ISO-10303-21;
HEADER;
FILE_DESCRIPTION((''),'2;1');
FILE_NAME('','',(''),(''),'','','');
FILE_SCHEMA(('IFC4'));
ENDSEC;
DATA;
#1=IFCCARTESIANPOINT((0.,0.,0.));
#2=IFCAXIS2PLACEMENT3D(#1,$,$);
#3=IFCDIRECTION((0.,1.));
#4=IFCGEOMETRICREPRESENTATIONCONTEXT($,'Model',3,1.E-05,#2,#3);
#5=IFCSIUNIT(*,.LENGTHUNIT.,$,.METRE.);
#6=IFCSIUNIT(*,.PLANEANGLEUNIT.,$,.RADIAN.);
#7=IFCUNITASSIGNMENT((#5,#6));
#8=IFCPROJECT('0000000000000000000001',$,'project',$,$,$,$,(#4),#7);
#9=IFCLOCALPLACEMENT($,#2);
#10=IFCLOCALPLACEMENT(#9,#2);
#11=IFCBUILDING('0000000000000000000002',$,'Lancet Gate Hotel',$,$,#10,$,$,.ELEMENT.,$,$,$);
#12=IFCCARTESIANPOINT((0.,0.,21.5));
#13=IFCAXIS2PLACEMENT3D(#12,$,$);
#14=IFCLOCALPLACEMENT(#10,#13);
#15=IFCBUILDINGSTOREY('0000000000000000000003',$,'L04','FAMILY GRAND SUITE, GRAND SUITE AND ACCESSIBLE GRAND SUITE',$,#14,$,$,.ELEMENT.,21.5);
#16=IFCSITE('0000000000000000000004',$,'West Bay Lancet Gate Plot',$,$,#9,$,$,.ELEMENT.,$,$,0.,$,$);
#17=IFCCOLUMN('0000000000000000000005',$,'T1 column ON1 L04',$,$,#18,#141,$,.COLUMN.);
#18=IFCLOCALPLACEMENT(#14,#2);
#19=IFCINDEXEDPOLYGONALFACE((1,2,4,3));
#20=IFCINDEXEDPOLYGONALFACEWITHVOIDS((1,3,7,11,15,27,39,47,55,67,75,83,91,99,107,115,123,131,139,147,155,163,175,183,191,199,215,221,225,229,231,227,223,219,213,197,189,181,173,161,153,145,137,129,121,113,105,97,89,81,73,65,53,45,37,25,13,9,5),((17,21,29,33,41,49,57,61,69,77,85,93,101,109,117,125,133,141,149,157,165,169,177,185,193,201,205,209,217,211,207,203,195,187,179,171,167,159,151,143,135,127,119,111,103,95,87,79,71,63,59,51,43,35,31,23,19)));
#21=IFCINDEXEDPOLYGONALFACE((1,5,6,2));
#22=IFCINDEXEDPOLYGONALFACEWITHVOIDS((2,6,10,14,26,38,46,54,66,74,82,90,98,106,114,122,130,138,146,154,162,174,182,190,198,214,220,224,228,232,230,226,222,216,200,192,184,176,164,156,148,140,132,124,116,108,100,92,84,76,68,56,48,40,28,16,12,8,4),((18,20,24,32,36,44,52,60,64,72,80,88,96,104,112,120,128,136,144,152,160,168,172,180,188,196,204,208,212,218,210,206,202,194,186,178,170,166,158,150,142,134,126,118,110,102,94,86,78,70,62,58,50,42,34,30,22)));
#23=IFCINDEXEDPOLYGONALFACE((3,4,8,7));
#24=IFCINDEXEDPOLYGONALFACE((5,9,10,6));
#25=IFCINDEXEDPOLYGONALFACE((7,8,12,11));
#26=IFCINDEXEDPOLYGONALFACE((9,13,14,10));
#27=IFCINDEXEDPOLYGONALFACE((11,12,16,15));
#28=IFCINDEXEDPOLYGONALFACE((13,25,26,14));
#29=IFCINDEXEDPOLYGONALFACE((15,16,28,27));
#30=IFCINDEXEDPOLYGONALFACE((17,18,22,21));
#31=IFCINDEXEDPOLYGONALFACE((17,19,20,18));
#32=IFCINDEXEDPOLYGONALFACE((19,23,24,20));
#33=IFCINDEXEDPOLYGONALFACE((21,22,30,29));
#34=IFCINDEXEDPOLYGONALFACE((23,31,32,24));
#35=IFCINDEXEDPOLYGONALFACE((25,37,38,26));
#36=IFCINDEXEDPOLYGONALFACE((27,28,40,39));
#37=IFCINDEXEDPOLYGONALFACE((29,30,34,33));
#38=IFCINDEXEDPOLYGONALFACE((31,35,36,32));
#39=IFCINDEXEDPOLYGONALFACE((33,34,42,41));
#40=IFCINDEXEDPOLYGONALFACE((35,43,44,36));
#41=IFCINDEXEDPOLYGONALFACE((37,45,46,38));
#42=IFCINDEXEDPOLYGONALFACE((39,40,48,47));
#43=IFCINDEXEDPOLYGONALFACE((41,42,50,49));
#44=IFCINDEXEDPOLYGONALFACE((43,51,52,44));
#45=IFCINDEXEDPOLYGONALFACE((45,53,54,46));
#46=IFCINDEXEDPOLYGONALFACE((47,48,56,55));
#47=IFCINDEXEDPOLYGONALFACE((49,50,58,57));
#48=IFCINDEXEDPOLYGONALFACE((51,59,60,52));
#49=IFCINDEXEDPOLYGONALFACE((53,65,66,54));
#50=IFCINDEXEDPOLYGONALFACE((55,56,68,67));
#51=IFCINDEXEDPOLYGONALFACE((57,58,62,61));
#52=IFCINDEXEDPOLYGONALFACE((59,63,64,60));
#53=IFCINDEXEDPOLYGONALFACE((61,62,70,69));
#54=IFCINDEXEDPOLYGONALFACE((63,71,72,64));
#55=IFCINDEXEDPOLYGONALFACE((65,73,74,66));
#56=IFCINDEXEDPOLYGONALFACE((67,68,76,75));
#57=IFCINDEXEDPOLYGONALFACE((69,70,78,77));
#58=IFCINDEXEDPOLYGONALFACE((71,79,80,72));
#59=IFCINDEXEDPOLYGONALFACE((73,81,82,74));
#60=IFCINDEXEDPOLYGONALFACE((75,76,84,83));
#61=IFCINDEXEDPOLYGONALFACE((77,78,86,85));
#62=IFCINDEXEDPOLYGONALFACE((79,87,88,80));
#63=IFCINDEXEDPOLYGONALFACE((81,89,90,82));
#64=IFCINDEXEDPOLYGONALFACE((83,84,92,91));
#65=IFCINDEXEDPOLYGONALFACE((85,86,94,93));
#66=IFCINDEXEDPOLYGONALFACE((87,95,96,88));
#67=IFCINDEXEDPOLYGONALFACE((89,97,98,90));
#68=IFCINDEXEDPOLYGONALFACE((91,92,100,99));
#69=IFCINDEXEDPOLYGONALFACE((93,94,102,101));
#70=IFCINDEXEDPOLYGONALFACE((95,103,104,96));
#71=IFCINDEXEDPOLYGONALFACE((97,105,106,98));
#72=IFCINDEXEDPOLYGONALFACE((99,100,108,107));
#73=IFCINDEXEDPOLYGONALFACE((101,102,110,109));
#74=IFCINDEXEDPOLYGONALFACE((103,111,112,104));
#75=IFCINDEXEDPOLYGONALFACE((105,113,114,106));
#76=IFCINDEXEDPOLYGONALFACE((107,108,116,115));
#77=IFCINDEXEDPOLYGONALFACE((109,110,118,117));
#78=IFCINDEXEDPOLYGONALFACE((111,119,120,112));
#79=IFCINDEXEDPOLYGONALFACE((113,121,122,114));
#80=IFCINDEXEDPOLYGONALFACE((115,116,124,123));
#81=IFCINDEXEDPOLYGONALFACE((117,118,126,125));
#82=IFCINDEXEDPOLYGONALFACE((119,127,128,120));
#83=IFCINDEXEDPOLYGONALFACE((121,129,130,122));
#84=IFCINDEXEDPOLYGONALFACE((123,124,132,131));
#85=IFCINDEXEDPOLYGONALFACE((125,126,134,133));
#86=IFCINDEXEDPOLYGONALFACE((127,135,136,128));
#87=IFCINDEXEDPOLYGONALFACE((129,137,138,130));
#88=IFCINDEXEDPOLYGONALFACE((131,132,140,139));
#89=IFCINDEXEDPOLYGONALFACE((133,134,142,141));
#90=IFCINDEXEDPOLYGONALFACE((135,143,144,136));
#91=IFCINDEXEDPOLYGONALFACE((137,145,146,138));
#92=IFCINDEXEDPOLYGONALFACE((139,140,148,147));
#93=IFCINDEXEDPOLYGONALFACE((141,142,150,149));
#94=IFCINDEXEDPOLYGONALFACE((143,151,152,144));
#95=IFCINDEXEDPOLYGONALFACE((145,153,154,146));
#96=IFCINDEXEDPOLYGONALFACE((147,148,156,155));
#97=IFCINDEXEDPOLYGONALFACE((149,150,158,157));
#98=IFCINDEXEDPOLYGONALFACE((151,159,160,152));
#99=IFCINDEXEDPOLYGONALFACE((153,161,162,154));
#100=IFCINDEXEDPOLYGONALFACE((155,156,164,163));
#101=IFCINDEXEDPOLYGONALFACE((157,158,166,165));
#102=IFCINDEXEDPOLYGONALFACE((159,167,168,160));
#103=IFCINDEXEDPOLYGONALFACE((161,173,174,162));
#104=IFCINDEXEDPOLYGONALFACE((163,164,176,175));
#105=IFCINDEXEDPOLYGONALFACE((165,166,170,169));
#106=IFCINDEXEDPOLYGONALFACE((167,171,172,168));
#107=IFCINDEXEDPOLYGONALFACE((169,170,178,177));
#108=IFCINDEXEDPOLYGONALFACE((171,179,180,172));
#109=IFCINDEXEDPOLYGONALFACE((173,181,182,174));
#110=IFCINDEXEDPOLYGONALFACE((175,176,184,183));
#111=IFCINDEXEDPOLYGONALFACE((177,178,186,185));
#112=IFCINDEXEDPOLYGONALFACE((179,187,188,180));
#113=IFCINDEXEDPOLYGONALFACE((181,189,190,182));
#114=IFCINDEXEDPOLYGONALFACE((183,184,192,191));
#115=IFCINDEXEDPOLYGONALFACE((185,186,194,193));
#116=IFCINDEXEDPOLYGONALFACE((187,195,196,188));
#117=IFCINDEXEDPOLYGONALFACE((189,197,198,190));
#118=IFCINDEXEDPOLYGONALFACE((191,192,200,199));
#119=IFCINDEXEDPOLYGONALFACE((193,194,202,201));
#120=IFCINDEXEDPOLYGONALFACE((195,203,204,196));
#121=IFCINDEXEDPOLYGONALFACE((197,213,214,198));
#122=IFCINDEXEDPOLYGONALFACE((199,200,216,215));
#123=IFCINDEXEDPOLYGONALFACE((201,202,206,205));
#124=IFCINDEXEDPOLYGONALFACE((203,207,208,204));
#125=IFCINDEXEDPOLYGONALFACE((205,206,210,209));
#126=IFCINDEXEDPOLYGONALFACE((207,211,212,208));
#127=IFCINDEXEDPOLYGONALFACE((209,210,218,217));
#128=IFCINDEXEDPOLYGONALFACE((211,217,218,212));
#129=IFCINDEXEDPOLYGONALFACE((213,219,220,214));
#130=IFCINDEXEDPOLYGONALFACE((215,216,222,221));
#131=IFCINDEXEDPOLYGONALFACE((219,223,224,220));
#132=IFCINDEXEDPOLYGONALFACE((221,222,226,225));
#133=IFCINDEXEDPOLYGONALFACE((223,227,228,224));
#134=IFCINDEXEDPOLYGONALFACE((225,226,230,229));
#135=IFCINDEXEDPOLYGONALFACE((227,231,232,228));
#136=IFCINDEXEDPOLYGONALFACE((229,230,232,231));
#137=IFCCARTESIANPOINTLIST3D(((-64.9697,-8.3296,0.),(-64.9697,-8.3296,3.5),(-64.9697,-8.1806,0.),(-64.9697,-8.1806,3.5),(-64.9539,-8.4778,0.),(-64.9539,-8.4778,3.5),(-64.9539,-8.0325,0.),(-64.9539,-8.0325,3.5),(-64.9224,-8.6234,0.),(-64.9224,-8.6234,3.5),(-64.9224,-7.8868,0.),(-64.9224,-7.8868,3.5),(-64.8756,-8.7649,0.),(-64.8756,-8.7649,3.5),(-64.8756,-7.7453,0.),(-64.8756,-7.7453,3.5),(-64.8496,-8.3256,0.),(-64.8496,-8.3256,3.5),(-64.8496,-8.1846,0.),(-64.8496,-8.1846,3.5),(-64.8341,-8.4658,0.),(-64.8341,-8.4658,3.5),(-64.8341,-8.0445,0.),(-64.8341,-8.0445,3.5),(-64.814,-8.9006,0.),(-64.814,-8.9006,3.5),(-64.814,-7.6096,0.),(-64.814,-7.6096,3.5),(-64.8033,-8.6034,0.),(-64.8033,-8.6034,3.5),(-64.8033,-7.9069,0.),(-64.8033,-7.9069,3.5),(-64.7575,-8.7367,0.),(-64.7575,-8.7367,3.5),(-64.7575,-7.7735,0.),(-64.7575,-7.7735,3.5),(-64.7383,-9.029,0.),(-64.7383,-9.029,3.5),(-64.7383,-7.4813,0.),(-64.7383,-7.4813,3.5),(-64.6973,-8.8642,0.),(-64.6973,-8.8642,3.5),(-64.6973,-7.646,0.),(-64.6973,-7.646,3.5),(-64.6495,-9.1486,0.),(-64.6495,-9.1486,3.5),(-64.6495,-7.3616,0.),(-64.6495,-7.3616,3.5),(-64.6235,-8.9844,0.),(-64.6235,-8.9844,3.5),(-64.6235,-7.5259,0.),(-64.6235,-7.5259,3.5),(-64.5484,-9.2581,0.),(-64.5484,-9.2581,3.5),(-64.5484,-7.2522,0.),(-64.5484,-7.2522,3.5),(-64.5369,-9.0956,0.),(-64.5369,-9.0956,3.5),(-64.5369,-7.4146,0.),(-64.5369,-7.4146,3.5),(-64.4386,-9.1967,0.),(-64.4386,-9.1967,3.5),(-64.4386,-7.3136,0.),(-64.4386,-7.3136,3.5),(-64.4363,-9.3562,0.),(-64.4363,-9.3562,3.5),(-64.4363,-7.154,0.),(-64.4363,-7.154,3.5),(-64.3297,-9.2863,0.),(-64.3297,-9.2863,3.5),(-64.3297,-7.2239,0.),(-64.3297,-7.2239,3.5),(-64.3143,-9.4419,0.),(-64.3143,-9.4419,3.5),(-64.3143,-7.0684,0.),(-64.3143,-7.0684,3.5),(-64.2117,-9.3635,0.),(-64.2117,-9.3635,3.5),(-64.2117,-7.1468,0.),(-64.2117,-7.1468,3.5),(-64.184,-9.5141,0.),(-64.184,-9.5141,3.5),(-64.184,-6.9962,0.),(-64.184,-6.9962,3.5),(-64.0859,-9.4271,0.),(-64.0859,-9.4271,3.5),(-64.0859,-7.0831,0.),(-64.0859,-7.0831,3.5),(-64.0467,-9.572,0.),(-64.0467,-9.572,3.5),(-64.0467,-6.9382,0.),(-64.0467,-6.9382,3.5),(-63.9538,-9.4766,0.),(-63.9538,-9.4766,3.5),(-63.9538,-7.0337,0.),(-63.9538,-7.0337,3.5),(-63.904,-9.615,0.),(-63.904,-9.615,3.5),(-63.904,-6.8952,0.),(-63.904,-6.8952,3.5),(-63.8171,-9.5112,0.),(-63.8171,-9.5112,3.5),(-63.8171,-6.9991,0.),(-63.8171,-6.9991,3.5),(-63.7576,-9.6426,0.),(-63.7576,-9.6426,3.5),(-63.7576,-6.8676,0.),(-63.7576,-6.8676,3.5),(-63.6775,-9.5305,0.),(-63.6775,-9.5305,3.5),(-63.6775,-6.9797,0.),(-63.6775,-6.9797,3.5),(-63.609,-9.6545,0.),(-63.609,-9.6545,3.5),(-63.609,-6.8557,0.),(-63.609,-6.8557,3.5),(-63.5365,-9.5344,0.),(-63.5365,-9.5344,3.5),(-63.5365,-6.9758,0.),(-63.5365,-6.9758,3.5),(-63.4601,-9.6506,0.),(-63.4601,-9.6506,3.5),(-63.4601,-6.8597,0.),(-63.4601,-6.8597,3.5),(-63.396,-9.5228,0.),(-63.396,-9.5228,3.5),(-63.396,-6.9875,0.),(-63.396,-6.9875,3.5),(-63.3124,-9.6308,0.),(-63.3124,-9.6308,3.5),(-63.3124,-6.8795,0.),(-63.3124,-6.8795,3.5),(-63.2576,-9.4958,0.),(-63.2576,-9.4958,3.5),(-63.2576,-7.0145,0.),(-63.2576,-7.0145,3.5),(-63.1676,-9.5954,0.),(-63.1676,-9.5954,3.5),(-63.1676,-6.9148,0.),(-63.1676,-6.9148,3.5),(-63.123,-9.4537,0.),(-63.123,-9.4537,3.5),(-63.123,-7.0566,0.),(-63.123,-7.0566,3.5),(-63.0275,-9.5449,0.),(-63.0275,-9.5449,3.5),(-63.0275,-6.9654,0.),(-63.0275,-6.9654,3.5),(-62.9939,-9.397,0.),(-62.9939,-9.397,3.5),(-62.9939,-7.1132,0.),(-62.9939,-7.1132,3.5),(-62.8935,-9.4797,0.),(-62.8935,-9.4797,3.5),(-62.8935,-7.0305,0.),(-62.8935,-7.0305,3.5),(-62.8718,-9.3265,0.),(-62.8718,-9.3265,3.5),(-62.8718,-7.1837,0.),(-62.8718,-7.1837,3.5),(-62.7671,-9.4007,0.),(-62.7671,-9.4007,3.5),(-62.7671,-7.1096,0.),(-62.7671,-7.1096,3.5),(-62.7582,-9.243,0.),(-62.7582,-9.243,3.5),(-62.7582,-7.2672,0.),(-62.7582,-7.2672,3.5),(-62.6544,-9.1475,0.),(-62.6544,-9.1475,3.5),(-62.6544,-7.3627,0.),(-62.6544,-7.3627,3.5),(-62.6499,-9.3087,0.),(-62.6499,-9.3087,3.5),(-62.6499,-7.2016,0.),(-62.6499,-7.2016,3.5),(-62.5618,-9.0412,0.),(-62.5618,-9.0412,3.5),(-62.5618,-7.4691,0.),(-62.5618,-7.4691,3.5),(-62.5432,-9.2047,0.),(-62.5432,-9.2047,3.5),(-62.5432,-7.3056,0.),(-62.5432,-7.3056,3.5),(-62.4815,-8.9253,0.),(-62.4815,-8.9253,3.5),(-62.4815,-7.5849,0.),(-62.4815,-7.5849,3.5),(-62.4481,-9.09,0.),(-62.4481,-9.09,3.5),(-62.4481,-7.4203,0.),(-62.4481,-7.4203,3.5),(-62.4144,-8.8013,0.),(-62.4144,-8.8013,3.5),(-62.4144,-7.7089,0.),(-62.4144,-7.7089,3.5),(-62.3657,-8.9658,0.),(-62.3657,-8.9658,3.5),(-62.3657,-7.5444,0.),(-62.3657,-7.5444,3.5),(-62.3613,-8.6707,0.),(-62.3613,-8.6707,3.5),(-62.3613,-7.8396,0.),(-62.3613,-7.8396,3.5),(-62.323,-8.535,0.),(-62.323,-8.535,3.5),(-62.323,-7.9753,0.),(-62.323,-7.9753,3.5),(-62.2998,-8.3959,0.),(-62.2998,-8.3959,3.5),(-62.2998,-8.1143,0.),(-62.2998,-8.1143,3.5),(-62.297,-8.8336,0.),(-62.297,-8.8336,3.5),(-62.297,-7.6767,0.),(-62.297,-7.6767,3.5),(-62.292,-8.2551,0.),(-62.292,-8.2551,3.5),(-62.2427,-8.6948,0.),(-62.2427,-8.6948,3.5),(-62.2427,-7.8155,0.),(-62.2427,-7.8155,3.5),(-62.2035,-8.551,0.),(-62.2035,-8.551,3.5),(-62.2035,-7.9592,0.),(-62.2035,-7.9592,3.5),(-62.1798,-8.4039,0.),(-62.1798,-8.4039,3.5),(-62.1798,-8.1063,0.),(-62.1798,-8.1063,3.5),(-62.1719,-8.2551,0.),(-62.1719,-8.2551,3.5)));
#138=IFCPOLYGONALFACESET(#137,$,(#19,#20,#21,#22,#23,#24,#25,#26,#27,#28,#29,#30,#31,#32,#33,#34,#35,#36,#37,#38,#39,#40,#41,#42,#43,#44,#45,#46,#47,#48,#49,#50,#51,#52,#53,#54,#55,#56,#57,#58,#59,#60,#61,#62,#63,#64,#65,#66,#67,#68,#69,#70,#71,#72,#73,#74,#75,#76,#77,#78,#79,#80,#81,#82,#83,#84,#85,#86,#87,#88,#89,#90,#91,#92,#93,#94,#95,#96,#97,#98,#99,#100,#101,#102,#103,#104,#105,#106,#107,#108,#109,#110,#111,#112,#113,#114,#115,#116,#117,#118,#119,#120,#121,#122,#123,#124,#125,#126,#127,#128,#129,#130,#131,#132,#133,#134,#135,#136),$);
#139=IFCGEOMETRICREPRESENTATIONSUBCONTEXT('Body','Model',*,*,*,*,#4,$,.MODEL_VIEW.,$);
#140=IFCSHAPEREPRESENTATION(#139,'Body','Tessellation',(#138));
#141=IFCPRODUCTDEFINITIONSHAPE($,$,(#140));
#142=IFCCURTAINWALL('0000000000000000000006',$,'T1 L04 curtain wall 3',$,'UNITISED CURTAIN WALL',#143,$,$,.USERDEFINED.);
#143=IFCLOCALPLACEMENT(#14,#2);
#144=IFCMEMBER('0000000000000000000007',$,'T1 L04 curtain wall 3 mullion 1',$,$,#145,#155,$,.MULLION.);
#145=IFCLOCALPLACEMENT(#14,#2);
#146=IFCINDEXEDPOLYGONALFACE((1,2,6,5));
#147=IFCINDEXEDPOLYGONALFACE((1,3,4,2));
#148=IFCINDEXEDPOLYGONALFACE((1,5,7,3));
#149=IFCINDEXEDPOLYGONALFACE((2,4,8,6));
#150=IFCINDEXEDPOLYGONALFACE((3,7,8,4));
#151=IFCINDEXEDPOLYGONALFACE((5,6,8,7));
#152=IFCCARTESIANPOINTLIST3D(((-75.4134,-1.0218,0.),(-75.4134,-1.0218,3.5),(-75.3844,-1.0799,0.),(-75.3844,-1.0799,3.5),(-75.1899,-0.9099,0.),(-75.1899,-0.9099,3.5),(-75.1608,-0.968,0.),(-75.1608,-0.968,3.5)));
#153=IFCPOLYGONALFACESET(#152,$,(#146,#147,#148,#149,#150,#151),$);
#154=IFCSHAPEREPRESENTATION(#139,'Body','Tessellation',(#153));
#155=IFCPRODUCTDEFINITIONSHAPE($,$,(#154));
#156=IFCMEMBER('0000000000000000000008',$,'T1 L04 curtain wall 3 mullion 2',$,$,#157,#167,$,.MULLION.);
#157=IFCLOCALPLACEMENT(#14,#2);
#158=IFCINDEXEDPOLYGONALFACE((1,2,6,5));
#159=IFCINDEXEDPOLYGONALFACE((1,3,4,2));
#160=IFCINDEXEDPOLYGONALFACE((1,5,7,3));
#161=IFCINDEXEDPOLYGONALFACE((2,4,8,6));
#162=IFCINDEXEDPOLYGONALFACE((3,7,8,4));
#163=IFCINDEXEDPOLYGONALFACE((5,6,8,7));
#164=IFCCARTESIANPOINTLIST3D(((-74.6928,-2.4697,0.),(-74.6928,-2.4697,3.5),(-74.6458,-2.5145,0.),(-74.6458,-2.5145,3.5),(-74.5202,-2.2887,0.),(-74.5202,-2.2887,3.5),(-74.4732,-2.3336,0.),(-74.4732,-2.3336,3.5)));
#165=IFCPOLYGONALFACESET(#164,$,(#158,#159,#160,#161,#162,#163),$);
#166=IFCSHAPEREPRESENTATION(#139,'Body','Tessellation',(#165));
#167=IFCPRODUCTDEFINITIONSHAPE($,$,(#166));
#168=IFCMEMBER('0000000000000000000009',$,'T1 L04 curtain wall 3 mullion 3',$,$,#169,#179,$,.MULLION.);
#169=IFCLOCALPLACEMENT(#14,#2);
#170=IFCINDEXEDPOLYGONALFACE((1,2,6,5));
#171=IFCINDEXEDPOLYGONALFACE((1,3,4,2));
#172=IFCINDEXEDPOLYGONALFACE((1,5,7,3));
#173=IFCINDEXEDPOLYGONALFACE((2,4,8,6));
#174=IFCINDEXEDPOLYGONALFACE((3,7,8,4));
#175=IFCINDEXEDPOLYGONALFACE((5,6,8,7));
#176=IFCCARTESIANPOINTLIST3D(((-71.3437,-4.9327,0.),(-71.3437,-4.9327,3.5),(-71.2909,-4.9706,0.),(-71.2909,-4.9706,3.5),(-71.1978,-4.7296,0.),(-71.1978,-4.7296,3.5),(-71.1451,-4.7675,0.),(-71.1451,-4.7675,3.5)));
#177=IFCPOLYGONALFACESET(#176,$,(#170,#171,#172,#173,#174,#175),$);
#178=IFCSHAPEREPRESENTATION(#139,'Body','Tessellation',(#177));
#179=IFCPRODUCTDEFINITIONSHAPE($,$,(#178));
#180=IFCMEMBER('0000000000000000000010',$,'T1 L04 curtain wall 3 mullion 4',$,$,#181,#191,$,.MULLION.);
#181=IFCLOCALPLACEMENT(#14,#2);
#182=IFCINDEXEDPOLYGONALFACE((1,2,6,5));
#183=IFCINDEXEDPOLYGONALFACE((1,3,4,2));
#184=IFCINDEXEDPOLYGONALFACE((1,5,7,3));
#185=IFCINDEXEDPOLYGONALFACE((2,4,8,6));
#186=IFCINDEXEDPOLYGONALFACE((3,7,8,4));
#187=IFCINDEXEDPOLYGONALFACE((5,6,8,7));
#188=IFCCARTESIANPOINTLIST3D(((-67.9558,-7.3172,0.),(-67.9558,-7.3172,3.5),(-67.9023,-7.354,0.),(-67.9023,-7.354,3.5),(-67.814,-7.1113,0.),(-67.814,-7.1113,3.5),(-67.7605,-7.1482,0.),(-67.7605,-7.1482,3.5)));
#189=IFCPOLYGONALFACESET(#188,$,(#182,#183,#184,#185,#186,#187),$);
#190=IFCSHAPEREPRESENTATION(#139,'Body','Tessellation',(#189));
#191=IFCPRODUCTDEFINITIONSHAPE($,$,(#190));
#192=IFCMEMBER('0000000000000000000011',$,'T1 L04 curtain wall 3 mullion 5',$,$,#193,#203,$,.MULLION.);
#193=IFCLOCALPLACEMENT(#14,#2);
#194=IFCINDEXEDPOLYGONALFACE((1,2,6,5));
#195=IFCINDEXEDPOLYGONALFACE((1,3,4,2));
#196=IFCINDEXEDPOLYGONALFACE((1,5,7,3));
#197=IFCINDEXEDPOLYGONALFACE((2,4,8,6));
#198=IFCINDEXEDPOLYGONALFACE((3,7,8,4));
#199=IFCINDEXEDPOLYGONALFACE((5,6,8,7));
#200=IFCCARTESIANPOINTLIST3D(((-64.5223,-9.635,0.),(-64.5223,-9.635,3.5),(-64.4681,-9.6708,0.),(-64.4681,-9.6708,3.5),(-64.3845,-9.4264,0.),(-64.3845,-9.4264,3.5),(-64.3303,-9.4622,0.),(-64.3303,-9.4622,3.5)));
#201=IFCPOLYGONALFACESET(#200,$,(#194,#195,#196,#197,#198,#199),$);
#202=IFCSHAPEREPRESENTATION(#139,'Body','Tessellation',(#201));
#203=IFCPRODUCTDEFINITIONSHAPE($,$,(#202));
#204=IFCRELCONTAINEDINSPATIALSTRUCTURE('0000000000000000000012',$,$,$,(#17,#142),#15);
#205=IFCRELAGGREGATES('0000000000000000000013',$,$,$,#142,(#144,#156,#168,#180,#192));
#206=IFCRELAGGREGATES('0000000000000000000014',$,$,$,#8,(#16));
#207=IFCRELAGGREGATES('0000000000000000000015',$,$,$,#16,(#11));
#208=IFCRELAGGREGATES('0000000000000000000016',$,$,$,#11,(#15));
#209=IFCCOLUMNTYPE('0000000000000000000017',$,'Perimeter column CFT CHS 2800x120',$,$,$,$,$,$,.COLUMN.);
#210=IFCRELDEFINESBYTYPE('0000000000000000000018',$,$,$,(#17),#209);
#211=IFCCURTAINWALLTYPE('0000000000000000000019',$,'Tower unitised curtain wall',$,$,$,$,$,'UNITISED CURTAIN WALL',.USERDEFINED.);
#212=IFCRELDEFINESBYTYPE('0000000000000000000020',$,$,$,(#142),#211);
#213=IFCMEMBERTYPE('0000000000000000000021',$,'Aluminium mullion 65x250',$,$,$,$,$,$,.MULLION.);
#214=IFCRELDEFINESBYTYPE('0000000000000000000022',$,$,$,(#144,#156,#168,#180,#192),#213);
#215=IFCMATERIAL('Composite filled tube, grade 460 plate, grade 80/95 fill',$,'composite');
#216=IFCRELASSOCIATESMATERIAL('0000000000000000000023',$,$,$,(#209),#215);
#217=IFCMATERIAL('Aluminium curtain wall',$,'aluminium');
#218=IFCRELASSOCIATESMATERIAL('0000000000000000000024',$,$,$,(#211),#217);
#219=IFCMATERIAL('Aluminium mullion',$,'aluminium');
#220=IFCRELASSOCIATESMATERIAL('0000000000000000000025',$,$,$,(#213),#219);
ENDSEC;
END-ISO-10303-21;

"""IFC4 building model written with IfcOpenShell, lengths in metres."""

from ifc_helpers import new_model, si_unit, direction, frame, origin, origin_2d, place, context, subcontext, project, spatial, rectangle, hollow_circle, extrude, material, material_profile, profile_set, type_object, element, aggregate, save


model = new_model("IFC4")

# Units and contexts
model_context = context("Model", 3, precision=1e-05, world=origin(), true_north=direction((0.0, 1.0)))
body_context = subcontext(model_context, "Body", "Model", "MODEL_VIEW")
ifc_project = project(units=[si_unit("LENGTHUNIT", "METRE"), si_unit("PLANEANGLEUNIT", "RADIAN")], contexts=[model_context])

# Site, building, storey
site_placement = place(None, origin())
site = spatial("IfcSite", under=ifc_project, at=site_placement, Name="West Bay Lancet Gate Plot", CompositionType="ELEMENT", RefElevation=0.0)
building_placement = place(site_placement, origin())
building = spatial("IfcBuilding", under=site, at=building_placement, Name="Lancet Gate Hotel", CompositionType="ELEMENT")
storey_placement = place(building_placement, frame((0.0, 0.0, 21.5)))
storey = spatial("IfcBuildingStorey", under=building, at=storey_placement, Name="L04", Description="FAMILY GRAND SUITE, GRAND SUITE AND ACCESSIBLE GRAND SUITE", CompositionType="ELEMENT", Elevation=21.5)

# Column
ifc_material_1 = material(Name="Composite filled tube, grade 460 plate, grade 80/95 fill", Category="composite")
ifc_material_profile_1 = material_profile(ifc_material_1, hollow_circle(Radius=1.3999, WallThickness=0.1201, at=origin_2d()), Name="CHS 2800x120")
ifc_profile_set_1 = profile_set([ifc_material_profile_1], Name="Composite filled tube, grade 460 plate, grade 80/95 fill")
column_type_1 = type_object("IfcColumnType", Name="Perimeter column CFT CHS 2800x120", PredefinedType="COLUMN", material=ifc_profile_set_1)
column_1_placement = place(storey_placement, frame((-63.5718, -8.2551, 0.0), z_axis=(0.0, 0.0, 1.0), x_axis=(1.0, 0.0, 0.0)))
element("IfcColumn", 1, at=column_1_placement, inside=storey, type_object=column_type_1, Name="T1 column ON1 L04", PredefinedType="COLUMN", context=body_context, shape_type="SweptSolid", body=[
    extrude(hollow_circle(Radius=1.3999, WallThickness=0.1201, at=origin_2d()), origin(), (0.0, 0.0, 1.0), 3.5),
])

# Curtain wall, members
ifc_material_2 = material(Name="Aluminium curtain wall", Category="aluminium")
curtain_wall_type = type_object("IfcCurtainWallType", Name="Tower unitised curtain wall", ElementType="UNITISED CURTAIN WALL", PredefinedType="USERDEFINED", material=ifc_material_2)
curtain_wall_placement = place(storey_placement, origin())
curtain_wall = element("IfcCurtainWall", 2, at=curtain_wall_placement, inside=storey, type_object=curtain_wall_type, Name="T1 L04 curtain wall 3", ObjectType="UNITISED CURTAIN WALL", PredefinedType="USERDEFINED")
ifc_material_3 = material(Name="Aluminium mullion", Category="aluminium")
ifc_material_profile_2 = material_profile(ifc_material_3, rectangle(XDim=0.0649, YDim=0.25, at=origin_2d()), Name="MULLION 65x250")
ifc_profile_set_2 = profile_set([ifc_material_profile_2], Name="Aluminium mullion")
member_type_1 = type_object("IfcMemberType", Name="Aluminium mullion 65x250", PredefinedType="MULLION", material=ifc_profile_set_2)
member_1_placement = place(storey_placement, frame((-75.2871, -0.9949, 0.0), z_axis=(0.0, 0.0, 1.0), x_axis=(0.447628, -0.89422, 0.0)))
member_1 = element("IfcMember", 3, at=member_1_placement, type_object=member_type_1, Name="T1 L04 curtain wall 3 mullion 1", PredefinedType="MULLION", context=body_context, shape_type="SweptSolid", body=[
    extrude(rectangle(XDim=0.0649, YDim=0.25, at=origin_2d()), origin(), (0.0, 0.0, 1.0), 3.5),
])
member_2_placement = place(storey_placement, frame((-74.583, -2.4016, 0.0), z_axis=(0.0, 0.0, 1.0), x_axis=(0.723696, -0.690119, 0.0)))
member_2 = element("IfcMember", 4, at=member_2_placement, type_object=member_type_1, Name="T1 L04 curtain wall 3 mullion 2", PredefinedType="MULLION", context=body_context, shape_type="SweptSolid", body=[
    extrude(rectangle(XDim=0.0649, YDim=0.25, at=origin_2d()), origin(), (0.0, 0.0, 1.0), 3.5),
])
member_3_placement = place(storey_placement, frame((-71.2444, -4.8501, 0.0), z_axis=(0.0, 0.0, 1.0), x_axis=(0.812147, -0.583453, 0.0)))
member_3 = element("IfcMember", 5, at=member_3_placement, type_object=member_type_1, Name="T1 L04 curtain wall 3 mullion 3", PredefinedType="MULLION", context=body_context, shape_type="SweptSolid", body=[
    extrude(rectangle(XDim=0.0649, YDim=0.25, at=origin_2d()), origin(), (0.0, 0.0, 1.0), 3.5),
])
member_4_placement = place(storey_placement, frame((-67.8582, -7.2327, 0.0), z_axis=(0.0, 0.0, 1.0), x_axis=(0.823425, -0.567425, 0.0)))
member_4 = element("IfcMember", 6, at=member_4_placement, type_object=member_type_1, Name="T1 L04 curtain wall 3 mullion 4", PredefinedType="MULLION", context=body_context, shape_type="SweptSolid", body=[
    extrude(rectangle(XDim=0.0649, YDim=0.25, at=origin_2d()), origin(), (0.0, 0.0, 1.0), 3.5),
])
member_5_placement = place(storey_placement, frame((-64.4263, -9.5486, 0.0), z_axis=(0.0, 0.0, 1.0), x_axis=(0.834387, -0.551178, 0.0)))
member_5 = element("IfcMember", 7, at=member_5_placement, type_object=member_type_1, Name="T1 L04 curtain wall 3 mullion 5", PredefinedType="MULLION", context=body_context, shape_type="SweptSolid", body=[
    extrude(rectangle(XDim=0.0649, YDim=0.25, at=origin_2d()), origin(), (0.0, 0.0, 1.0), 3.5),
])

aggregate(curtain_wall, [member_1, member_2, member_3, member_4, member_5])

save(model, "model.ifc")
